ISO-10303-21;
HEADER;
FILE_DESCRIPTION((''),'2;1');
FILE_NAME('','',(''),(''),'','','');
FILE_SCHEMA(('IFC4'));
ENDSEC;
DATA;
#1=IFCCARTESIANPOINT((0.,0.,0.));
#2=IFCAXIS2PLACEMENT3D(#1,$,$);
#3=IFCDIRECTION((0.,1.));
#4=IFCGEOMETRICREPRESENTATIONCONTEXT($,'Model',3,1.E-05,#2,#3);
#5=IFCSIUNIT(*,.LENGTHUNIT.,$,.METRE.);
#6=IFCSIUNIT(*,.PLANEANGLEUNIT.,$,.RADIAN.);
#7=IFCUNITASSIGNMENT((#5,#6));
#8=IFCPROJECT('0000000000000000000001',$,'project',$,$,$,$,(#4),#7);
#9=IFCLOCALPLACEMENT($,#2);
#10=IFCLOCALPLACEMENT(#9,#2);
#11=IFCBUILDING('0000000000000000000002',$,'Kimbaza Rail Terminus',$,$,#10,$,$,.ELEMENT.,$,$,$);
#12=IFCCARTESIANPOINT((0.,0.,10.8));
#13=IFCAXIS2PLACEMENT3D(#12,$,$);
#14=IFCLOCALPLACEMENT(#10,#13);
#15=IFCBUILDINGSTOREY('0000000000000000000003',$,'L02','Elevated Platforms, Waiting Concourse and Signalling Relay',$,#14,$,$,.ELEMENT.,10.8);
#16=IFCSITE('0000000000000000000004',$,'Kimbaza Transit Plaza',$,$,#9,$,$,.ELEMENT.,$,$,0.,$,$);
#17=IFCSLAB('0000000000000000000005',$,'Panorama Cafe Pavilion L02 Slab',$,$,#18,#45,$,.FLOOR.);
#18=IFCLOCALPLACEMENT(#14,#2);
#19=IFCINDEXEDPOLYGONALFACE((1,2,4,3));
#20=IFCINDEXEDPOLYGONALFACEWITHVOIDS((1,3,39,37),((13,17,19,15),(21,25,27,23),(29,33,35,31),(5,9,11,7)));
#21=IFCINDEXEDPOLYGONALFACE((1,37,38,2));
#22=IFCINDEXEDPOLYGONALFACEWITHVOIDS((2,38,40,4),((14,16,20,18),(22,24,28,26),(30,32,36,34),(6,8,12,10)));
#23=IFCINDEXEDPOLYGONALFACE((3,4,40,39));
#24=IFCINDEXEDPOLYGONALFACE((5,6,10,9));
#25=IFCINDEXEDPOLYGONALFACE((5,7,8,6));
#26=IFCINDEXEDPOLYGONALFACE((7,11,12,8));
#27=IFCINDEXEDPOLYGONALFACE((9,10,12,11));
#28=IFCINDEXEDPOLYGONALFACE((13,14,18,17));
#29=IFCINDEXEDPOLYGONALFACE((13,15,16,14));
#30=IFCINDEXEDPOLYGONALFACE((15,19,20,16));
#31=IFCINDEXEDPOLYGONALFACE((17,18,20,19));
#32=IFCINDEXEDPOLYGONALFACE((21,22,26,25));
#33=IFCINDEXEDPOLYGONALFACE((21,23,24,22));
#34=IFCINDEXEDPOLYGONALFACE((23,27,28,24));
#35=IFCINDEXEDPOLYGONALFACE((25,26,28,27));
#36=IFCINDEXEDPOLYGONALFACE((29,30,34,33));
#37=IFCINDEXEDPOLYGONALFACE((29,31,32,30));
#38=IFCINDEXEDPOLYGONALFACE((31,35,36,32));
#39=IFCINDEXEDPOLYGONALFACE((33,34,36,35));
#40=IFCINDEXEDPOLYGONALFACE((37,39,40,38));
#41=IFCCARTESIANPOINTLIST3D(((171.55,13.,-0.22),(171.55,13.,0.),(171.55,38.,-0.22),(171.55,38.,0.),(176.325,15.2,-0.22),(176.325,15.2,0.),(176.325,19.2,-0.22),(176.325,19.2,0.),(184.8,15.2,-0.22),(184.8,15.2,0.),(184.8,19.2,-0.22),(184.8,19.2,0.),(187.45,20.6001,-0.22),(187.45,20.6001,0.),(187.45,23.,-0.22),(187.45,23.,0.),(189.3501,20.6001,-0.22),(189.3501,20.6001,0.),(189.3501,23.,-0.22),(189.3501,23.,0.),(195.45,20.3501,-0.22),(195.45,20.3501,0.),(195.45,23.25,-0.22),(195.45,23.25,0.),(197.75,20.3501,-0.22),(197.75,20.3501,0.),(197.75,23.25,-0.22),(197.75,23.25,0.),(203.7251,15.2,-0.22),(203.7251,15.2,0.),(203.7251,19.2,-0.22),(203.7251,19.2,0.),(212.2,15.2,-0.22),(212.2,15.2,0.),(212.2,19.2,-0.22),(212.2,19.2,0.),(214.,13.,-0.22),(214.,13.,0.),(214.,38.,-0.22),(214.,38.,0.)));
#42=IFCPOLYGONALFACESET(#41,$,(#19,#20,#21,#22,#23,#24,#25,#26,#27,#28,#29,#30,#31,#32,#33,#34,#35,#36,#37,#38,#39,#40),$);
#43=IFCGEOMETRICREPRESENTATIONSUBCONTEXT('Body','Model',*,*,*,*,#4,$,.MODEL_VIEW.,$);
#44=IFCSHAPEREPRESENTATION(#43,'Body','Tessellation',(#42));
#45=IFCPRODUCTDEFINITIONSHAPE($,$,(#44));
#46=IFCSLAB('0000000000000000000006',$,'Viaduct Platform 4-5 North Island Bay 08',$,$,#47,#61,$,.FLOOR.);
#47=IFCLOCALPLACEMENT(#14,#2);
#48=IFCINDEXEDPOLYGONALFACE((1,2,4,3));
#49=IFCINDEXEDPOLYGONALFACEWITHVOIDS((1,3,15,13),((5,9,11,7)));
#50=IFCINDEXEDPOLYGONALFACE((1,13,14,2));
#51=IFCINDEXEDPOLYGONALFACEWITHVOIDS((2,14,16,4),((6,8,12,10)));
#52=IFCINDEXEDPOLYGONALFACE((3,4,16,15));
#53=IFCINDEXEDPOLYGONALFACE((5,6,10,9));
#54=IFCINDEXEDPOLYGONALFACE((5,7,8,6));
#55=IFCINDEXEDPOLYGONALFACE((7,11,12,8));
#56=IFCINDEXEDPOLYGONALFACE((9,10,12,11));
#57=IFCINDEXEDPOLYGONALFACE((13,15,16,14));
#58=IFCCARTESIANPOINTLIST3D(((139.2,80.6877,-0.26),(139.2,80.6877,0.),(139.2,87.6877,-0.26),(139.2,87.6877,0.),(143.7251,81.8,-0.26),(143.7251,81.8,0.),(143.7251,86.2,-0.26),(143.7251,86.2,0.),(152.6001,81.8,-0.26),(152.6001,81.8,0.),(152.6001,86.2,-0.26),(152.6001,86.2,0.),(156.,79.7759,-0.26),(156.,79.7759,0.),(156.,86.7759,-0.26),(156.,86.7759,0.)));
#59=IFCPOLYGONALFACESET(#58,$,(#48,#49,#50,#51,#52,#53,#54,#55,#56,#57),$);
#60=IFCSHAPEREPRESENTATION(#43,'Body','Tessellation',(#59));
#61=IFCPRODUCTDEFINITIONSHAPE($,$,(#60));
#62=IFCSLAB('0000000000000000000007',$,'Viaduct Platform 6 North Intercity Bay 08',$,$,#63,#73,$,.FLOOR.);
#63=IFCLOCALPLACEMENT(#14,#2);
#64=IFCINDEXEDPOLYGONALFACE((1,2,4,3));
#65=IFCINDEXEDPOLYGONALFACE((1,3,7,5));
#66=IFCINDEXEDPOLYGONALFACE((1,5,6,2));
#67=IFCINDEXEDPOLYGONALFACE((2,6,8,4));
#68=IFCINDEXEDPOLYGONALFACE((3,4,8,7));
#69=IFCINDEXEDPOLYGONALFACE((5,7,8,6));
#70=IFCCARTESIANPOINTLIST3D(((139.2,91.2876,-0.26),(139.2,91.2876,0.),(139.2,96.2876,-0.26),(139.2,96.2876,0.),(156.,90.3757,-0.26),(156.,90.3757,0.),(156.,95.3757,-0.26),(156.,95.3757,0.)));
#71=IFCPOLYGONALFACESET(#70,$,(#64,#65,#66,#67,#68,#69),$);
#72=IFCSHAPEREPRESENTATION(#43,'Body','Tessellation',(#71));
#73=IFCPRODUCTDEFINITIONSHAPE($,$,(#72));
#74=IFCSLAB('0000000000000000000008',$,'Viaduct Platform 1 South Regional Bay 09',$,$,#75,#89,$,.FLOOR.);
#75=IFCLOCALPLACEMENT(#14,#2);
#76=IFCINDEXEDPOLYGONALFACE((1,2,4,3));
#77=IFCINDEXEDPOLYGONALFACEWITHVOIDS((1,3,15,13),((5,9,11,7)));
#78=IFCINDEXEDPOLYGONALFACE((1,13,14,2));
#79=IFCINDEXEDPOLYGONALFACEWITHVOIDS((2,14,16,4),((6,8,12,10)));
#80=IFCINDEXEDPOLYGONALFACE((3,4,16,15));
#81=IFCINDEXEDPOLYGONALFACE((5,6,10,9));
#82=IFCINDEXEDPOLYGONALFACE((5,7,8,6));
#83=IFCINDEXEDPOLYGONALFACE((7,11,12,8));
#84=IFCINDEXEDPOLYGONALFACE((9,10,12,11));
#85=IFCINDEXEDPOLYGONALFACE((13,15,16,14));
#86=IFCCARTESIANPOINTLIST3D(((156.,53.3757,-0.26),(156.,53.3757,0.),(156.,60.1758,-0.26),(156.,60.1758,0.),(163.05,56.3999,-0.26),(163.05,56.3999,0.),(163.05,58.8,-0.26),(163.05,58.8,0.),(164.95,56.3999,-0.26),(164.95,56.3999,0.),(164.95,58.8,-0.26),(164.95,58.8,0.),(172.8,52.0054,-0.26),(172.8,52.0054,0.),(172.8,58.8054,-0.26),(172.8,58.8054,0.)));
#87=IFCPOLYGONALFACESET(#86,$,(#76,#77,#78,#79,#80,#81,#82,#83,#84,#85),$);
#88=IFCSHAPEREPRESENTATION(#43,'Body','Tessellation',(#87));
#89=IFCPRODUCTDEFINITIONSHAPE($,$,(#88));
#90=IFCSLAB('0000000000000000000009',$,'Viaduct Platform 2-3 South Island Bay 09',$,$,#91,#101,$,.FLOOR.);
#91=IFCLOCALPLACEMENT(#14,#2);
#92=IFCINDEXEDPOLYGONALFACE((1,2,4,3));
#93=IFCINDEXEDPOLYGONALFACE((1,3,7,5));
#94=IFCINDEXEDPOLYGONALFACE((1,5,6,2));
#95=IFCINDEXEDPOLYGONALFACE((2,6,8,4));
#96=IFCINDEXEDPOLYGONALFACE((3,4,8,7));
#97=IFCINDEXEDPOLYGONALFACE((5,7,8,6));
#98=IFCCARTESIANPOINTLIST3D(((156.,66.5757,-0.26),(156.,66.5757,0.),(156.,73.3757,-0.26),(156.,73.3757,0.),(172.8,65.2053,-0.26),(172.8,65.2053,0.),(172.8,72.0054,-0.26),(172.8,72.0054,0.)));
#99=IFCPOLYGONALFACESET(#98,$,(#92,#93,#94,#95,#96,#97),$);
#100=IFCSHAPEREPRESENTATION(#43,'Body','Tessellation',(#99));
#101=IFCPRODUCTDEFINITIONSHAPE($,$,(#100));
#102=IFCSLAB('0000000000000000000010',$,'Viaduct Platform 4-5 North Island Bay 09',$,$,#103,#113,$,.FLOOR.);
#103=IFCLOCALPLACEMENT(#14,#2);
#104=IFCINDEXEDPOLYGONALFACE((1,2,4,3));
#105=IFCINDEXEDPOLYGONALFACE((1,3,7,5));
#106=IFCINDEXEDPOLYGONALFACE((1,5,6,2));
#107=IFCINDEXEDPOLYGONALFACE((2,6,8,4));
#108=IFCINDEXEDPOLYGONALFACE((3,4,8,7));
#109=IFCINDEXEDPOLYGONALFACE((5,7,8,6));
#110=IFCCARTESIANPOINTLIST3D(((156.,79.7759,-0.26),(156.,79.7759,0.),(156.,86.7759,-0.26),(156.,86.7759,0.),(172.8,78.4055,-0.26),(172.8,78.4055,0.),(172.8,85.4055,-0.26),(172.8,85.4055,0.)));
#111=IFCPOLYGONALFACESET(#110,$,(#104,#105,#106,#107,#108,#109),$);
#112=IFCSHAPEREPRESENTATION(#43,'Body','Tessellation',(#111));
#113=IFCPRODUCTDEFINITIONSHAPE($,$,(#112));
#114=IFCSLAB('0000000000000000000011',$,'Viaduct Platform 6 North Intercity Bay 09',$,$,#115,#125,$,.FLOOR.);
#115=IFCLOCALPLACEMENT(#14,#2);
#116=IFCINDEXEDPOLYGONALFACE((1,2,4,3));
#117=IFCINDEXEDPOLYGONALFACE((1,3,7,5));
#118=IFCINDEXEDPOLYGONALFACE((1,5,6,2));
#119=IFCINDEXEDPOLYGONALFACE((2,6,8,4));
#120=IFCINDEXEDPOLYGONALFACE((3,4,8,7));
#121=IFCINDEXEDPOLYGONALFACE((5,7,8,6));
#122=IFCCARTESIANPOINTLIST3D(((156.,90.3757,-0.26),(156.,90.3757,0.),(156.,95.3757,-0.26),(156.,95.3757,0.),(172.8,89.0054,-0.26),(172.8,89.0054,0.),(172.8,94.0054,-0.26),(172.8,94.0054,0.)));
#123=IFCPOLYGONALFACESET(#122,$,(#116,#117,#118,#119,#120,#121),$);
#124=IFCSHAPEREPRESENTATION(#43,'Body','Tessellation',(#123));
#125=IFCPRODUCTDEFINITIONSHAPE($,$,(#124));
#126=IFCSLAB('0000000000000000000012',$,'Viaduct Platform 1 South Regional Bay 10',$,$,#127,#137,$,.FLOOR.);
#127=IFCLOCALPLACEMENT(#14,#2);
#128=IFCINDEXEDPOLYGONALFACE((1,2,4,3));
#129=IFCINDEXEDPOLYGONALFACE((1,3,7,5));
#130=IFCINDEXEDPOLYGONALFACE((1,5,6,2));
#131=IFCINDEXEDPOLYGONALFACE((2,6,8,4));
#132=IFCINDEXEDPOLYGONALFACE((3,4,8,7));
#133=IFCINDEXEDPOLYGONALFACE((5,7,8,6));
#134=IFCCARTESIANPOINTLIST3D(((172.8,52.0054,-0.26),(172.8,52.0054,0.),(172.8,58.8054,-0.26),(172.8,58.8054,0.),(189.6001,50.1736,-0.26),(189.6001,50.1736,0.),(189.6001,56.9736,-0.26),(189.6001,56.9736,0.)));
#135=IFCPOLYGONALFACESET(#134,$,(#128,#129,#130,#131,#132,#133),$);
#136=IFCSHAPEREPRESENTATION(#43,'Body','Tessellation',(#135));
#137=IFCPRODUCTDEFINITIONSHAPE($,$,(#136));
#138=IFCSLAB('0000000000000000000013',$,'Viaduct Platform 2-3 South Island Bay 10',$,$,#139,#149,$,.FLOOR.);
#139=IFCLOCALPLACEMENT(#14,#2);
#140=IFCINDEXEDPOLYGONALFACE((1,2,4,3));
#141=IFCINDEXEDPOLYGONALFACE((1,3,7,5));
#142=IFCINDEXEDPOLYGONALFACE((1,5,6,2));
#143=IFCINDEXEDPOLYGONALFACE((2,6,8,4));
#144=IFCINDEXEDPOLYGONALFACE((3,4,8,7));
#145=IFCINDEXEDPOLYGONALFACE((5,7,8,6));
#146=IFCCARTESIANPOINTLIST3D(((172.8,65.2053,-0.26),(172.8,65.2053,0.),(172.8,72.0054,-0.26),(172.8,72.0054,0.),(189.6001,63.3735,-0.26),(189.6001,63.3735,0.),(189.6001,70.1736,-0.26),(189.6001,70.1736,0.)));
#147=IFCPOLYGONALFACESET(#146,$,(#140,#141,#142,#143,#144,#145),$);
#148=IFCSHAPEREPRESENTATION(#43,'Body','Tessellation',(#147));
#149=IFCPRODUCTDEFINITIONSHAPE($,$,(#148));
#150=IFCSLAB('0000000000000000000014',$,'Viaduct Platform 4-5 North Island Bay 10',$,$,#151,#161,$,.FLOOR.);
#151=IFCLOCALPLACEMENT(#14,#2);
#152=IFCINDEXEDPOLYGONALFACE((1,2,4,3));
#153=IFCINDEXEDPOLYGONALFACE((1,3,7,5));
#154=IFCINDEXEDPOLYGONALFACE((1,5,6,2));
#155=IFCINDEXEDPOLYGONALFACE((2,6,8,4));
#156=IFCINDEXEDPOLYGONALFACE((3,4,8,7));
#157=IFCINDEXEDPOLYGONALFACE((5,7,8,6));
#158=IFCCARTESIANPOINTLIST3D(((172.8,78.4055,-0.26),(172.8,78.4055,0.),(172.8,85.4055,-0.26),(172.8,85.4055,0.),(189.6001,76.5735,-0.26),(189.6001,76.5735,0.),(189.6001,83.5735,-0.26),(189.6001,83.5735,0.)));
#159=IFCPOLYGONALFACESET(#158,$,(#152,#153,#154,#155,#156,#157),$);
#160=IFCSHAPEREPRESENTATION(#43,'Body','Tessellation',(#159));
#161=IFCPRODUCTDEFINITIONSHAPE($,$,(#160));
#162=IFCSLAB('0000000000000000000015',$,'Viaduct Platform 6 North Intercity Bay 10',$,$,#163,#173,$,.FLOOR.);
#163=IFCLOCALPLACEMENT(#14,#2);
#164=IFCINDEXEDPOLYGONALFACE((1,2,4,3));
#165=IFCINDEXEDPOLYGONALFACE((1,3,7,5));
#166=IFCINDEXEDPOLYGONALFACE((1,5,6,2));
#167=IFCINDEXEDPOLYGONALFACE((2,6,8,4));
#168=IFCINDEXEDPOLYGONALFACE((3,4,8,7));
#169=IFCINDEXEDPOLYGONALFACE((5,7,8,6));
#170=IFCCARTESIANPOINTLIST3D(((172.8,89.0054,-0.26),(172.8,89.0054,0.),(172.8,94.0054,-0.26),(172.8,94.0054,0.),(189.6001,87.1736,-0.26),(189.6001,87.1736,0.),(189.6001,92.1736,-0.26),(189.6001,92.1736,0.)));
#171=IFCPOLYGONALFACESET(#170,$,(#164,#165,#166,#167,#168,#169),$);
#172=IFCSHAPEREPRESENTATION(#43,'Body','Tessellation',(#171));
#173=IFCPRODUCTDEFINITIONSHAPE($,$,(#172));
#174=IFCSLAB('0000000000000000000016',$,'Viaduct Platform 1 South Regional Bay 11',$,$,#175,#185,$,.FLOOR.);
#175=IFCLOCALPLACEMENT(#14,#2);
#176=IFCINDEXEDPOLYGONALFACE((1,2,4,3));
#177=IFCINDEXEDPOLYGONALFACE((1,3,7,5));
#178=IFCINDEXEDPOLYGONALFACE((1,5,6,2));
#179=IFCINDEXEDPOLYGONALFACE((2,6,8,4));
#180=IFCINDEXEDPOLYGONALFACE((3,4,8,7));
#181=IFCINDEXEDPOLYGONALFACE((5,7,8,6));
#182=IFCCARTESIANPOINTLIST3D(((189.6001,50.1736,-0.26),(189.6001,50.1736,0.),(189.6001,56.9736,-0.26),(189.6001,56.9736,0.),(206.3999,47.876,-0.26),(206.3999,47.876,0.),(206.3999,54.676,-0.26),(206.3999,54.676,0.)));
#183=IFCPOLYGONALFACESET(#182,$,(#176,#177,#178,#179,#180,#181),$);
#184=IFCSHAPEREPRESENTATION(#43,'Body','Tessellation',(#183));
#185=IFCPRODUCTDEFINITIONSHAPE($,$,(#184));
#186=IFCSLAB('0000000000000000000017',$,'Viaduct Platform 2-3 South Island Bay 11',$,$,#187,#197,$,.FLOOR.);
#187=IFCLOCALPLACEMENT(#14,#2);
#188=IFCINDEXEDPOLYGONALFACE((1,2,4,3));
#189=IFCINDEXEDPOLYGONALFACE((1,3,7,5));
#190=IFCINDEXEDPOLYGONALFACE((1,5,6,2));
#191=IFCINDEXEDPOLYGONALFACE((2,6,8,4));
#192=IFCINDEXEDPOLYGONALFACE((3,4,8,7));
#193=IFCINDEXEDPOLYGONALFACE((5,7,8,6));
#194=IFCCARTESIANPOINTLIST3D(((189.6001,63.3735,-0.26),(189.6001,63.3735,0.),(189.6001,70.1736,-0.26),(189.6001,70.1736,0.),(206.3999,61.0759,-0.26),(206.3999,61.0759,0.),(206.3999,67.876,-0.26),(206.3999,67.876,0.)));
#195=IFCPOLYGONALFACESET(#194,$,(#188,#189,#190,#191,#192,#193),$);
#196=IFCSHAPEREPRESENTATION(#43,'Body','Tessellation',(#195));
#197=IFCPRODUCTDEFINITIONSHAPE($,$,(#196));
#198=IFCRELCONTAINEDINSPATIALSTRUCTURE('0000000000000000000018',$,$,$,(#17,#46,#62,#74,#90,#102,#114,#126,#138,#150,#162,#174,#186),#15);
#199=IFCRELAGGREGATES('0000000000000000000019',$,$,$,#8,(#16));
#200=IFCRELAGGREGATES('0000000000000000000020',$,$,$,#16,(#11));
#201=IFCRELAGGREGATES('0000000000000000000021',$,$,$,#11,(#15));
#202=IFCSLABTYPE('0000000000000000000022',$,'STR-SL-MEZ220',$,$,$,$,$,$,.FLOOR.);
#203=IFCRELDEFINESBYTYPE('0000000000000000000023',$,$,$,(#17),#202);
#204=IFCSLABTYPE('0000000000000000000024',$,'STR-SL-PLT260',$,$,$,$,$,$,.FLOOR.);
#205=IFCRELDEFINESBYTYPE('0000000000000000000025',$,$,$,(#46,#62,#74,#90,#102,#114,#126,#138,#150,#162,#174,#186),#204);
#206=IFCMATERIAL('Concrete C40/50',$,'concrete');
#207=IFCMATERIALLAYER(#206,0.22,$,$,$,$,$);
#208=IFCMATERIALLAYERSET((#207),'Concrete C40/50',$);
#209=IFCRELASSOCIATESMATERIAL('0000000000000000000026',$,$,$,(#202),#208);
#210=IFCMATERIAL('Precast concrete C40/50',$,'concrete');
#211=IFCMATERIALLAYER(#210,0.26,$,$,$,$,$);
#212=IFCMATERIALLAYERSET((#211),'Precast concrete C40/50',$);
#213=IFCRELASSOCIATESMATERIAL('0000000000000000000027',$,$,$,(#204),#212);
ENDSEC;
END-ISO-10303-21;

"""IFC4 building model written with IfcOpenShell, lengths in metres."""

from ifc_helpers import new_model, si_unit, direction, frame, origin, place, context, subcontext, project, spatial, polyline, outline, extrude, material, layer, layer_set, type_object, element, save


model = new_model("IFC4")

# Units and contexts
model_context = context("Model", 3, precision=1e-05, world=origin(), true_north=direction((0.0, 1.0)))
body_context = subcontext(model_context, "Body", "Model", "MODEL_VIEW")
ifc_project = project(units=[si_unit("LENGTHUNIT", "METRE"), si_unit("PLANEANGLEUNIT", "RADIAN")], contexts=[model_context])

# Site, building, storey
site_placement = place(None, origin())
site = spatial("IfcSite", under=ifc_project, at=site_placement, Name="Kimbaza Transit Plaza", CompositionType="ELEMENT", RefElevation=0.0)
building_placement = place(site_placement, origin())
building = spatial("IfcBuilding", under=site, at=building_placement, Name="Kimbaza Rail Terminus", CompositionType="ELEMENT")
storey_placement = place(building_placement, frame((0.0, 0.0, 10.8)))
storey = spatial("IfcBuildingStorey", under=building, at=storey_placement, Name="L02", Description="Elevated Platforms, Waiting Concourse and Signalling Relay", CompositionType="ELEMENT", Elevation=10.8)

# Slabs
ifc_material_1 = material(Name="Concrete C40/50", Category="concrete")
ifc_layer_1 = layer(ifc_material_1, 0.22)
ifc_layer_set_1 = layer_set([ifc_layer_1], Name="Concrete C40/50")
slab_type_1 = type_object("IfcSlabType", Name="STR-SL-MEZ220", PredefinedType="FLOOR", material=ifc_layer_set_1)
slab_1_placement = place(storey_placement, frame((0.0, 0.0, -0.22)))
element("IfcSlab", 1, at=slab_1_placement, inside=storey, type_object=slab_type_1, Name="Panorama Cafe Pavilion L02 Slab", PredefinedType="FLOOR", context=body_context, shape_type="SweptSolid", body=[
    extrude(outline(polyline([(171.55, 13.0), (214.0, 13.0), (214.0, 38.0), (171.55, 38.0), (171.55, 13.0)]), holes=[polyline([(176.325, 15.2), (184.8, 15.2), (184.8, 19.2), (176.325, 19.2), (176.325, 15.2)]), polyline([(203.7251, 15.2), (212.2, 15.2), (212.2, 19.2), (203.7251, 19.2), (203.7251, 15.2)]), polyline([(187.45, 20.6001), (189.3501, 20.6001), (189.3501, 23.0), (187.45, 23.0), (187.45, 20.6001)]), polyline([(195.45, 20.3501), (197.75, 20.3501), (197.75, 23.25), (195.45, 23.25), (195.45, 20.3501)])]), origin(), (0.0, 0.0, 1.0), 0.22),
])
ifc_material_2 = material(Name="Precast concrete C40/50", Category="concrete")
ifc_layer_2 = layer(ifc_material_2, 0.26)
ifc_layer_set_2 = layer_set([ifc_layer_2], Name="Precast concrete C40/50")
slab_type_2 = type_object("IfcSlabType", Name="STR-SL-PLT260", PredefinedType="FLOOR", material=ifc_layer_set_2)
slab_2_placement = place(storey_placement, frame((0.0, 0.0, -0.26)))
element("IfcSlab", 2, at=slab_2_placement, inside=storey, type_object=slab_type_2, Name="Viaduct Platform 4-5 North Island Bay 08", PredefinedType="FLOOR", context=body_context, shape_type="SweptSolid", body=[
    extrude(outline(polyline([(139.2, 80.6877), (156.0, 79.7759), (156.0, 86.7759), (139.2, 87.6877), (139.2, 80.6877)]), holes=[polyline([(143.7251, 81.8), (152.6001, 81.8), (152.6001, 86.2), (143.7251, 86.2), (143.7251, 81.8)])]), origin(), (0.0, 0.0, 1.0), 0.26),
])
slab_3_placement = place(storey_placement, frame((0.0, 0.0, -0.26)))
element("IfcSlab", 3, at=slab_3_placement, inside=storey, type_object=slab_type_2, Name="Viaduct Platform 6 North Intercity Bay 08", PredefinedType="FLOOR", context=body_context, shape_type="SweptSolid", body=[
    extrude(outline(polyline([(139.2, 91.2876), (156.0, 90.3757), (156.0, 95.3757), (139.2, 96.2876), (139.2, 91.2876)])), origin(), (0.0, 0.0, 1.0), 0.26),
])
slab_4_placement = place(storey_placement, frame((0.0, 0.0, -0.26)))
element("IfcSlab", 4, at=slab_4_placement, inside=storey, type_object=slab_type_2, Name="Viaduct Platform 1 South Regional Bay 09", PredefinedType="FLOOR", context=body_context, shape_type="SweptSolid", body=[
    extrude(outline(polyline([(156.0, 53.3757), (172.8, 52.0054), (172.8, 58.8054), (156.0, 60.1758), (156.0, 53.3757)]), holes=[polyline([(163.05, 56.3999), (164.95, 56.3999), (164.95, 58.8), (163.05, 58.8), (163.05, 56.3999)])]), origin(), (0.0, 0.0, 1.0), 0.26),
])
slab_5_placement = place(storey_placement, frame((0.0, 0.0, -0.26)))
element("IfcSlab", 5, at=slab_5_placement, inside=storey, type_object=slab_type_2, Name="Viaduct Platform 2-3 South Island Bay 09", PredefinedType="FLOOR", context=body_context, shape_type="SweptSolid", body=[
    extrude(outline(polyline([(156.0, 66.5757), (172.8, 65.2053), (172.8, 72.0054), (156.0, 73.3757), (156.0, 66.5757)])), origin(), (0.0, 0.0, 1.0), 0.26),
])
slab_6_placement = place(storey_placement, frame((0.0, 0.0, -0.26)))
element("IfcSlab", 6, at=slab_6_placement, inside=storey, type_object=slab_type_2, Name="Viaduct Platform 4-5 North Island Bay 09", PredefinedType="FLOOR", context=body_context, shape_type="SweptSolid", body=[
    extrude(outline(polyline([(156.0, 79.7759), (172.8, 78.4055), (172.8, 85.4055), (156.0, 86.7759), (156.0, 79.7759)])), origin(), (0.0, 0.0, 1.0), 0.26),
])
slab_7_placement = place(storey_placement, frame((0.0, 0.0, -0.26)))
element("IfcSlab", 7, at=slab_7_placement, inside=storey, type_object=slab_type_2, Name="Viaduct Platform 6 North Intercity Bay 09", PredefinedType="FLOOR", context=body_context, shape_type="SweptSolid", body=[
    extrude(outline(polyline([(156.0, 90.3757), (172.8, 89.0054), (172.8, 94.0054), (156.0, 95.3757), (156.0, 90.3757)])), origin(), (0.0, 0.0, 1.0), 0.26),
])
slab_8_placement = place(storey_placement, frame((0.0, 0.0, -0.26)))
element("IfcSlab", 8, at=slab_8_placement, inside=storey, type_object=slab_type_2, Name="Viaduct Platform 1 South Regional Bay 10", PredefinedType="FLOOR", context=body_context, shape_type="SweptSolid", body=[
    extrude(outline(polyline([(172.8, 52.0054), (189.6001, 50.1736), (189.6001, 56.9736), (172.8, 58.8054), (172.8, 52.0054)])), origin(), (0.0, 0.0, 1.0), 0.26),
])
slab_9_placement = place(storey_placement, frame((0.0, 0.0, -0.26)))
element("IfcSlab", 9, at=slab_9_placement, inside=storey, type_object=slab_type_2, Name="Viaduct Platform 2-3 South Island Bay 10", PredefinedType="FLOOR", context=body_context, shape_type="SweptSolid", body=[
    extrude(outline(polyline([(172.8, 65.2053), (189.6001, 63.3735), (189.6001, 70.1736), (172.8, 72.0054), (172.8, 65.2053)])), origin(), (0.0, 0.0, 1.0), 0.26),
])
slab_10_placement = place(storey_placement, frame((0.0, 0.0, -0.26)))
element("IfcSlab", 10, at=slab_10_placement, inside=storey, type_object=slab_type_2, Name="Viaduct Platform 4-5 North Island Bay 10", PredefinedType="FLOOR", context=body_context, shape_type="SweptSolid", body=[
    extrude(outline(polyline([(172.8, 78.4055), (189.6001, 76.5735), (189.6001, 83.5735), (172.8, 85.4055), (172.8, 78.4055)])), origin(), (0.0, 0.0, 1.0), 0.26),
])
slab_11_placement = place(storey_placement, frame((0.0, 0.0, -0.26)))
element("IfcSlab", 11, at=slab_11_placement, inside=storey, type_object=slab_type_2, Name="Viaduct Platform 6 North Intercity Bay 10", PredefinedType="FLOOR", context=body_context, shape_type="SweptSolid", body=[
    extrude(outline(polyline([(172.8, 89.0054), (189.6001, 87.1736), (189.6001, 92.1736), (172.8, 94.0054), (172.8, 89.0054)])), origin(), (0.0, 0.0, 1.0), 0.26),
])
slab_12_placement = place(storey_placement, frame((0.0, 0.0, -0.26)))
element("IfcSlab", 12, at=slab_12_placement, inside=storey, type_object=slab_type_2, Name="Viaduct Platform 1 South Regional Bay 11", PredefinedType="FLOOR", context=body_context, shape_type="SweptSolid", body=[
    extrude(outline(polyline([(189.6001, 50.1736), (206.3999, 47.876), (206.3999, 54.676), (189.6001, 56.9736), (189.6001, 50.1736)])), origin(), (0.0, 0.0, 1.0), 0.26),
])
slab_13_placement = place(storey_placement, frame((0.0, 0.0, -0.26)))
element("IfcSlab", 13, at=slab_13_placement, inside=storey, type_object=slab_type_2, Name="Viaduct Platform 2-3 South Island Bay 11", PredefinedType="FLOOR", context=body_context, shape_type="SweptSolid", body=[
    extrude(outline(polyline([(189.6001, 63.3735), (206.3999, 61.0759), (206.3999, 67.876), (189.6001, 70.1736), (189.6001, 63.3735)])), origin(), (0.0, 0.0, 1.0), 0.26),
])

save(model, "model.ifc")
